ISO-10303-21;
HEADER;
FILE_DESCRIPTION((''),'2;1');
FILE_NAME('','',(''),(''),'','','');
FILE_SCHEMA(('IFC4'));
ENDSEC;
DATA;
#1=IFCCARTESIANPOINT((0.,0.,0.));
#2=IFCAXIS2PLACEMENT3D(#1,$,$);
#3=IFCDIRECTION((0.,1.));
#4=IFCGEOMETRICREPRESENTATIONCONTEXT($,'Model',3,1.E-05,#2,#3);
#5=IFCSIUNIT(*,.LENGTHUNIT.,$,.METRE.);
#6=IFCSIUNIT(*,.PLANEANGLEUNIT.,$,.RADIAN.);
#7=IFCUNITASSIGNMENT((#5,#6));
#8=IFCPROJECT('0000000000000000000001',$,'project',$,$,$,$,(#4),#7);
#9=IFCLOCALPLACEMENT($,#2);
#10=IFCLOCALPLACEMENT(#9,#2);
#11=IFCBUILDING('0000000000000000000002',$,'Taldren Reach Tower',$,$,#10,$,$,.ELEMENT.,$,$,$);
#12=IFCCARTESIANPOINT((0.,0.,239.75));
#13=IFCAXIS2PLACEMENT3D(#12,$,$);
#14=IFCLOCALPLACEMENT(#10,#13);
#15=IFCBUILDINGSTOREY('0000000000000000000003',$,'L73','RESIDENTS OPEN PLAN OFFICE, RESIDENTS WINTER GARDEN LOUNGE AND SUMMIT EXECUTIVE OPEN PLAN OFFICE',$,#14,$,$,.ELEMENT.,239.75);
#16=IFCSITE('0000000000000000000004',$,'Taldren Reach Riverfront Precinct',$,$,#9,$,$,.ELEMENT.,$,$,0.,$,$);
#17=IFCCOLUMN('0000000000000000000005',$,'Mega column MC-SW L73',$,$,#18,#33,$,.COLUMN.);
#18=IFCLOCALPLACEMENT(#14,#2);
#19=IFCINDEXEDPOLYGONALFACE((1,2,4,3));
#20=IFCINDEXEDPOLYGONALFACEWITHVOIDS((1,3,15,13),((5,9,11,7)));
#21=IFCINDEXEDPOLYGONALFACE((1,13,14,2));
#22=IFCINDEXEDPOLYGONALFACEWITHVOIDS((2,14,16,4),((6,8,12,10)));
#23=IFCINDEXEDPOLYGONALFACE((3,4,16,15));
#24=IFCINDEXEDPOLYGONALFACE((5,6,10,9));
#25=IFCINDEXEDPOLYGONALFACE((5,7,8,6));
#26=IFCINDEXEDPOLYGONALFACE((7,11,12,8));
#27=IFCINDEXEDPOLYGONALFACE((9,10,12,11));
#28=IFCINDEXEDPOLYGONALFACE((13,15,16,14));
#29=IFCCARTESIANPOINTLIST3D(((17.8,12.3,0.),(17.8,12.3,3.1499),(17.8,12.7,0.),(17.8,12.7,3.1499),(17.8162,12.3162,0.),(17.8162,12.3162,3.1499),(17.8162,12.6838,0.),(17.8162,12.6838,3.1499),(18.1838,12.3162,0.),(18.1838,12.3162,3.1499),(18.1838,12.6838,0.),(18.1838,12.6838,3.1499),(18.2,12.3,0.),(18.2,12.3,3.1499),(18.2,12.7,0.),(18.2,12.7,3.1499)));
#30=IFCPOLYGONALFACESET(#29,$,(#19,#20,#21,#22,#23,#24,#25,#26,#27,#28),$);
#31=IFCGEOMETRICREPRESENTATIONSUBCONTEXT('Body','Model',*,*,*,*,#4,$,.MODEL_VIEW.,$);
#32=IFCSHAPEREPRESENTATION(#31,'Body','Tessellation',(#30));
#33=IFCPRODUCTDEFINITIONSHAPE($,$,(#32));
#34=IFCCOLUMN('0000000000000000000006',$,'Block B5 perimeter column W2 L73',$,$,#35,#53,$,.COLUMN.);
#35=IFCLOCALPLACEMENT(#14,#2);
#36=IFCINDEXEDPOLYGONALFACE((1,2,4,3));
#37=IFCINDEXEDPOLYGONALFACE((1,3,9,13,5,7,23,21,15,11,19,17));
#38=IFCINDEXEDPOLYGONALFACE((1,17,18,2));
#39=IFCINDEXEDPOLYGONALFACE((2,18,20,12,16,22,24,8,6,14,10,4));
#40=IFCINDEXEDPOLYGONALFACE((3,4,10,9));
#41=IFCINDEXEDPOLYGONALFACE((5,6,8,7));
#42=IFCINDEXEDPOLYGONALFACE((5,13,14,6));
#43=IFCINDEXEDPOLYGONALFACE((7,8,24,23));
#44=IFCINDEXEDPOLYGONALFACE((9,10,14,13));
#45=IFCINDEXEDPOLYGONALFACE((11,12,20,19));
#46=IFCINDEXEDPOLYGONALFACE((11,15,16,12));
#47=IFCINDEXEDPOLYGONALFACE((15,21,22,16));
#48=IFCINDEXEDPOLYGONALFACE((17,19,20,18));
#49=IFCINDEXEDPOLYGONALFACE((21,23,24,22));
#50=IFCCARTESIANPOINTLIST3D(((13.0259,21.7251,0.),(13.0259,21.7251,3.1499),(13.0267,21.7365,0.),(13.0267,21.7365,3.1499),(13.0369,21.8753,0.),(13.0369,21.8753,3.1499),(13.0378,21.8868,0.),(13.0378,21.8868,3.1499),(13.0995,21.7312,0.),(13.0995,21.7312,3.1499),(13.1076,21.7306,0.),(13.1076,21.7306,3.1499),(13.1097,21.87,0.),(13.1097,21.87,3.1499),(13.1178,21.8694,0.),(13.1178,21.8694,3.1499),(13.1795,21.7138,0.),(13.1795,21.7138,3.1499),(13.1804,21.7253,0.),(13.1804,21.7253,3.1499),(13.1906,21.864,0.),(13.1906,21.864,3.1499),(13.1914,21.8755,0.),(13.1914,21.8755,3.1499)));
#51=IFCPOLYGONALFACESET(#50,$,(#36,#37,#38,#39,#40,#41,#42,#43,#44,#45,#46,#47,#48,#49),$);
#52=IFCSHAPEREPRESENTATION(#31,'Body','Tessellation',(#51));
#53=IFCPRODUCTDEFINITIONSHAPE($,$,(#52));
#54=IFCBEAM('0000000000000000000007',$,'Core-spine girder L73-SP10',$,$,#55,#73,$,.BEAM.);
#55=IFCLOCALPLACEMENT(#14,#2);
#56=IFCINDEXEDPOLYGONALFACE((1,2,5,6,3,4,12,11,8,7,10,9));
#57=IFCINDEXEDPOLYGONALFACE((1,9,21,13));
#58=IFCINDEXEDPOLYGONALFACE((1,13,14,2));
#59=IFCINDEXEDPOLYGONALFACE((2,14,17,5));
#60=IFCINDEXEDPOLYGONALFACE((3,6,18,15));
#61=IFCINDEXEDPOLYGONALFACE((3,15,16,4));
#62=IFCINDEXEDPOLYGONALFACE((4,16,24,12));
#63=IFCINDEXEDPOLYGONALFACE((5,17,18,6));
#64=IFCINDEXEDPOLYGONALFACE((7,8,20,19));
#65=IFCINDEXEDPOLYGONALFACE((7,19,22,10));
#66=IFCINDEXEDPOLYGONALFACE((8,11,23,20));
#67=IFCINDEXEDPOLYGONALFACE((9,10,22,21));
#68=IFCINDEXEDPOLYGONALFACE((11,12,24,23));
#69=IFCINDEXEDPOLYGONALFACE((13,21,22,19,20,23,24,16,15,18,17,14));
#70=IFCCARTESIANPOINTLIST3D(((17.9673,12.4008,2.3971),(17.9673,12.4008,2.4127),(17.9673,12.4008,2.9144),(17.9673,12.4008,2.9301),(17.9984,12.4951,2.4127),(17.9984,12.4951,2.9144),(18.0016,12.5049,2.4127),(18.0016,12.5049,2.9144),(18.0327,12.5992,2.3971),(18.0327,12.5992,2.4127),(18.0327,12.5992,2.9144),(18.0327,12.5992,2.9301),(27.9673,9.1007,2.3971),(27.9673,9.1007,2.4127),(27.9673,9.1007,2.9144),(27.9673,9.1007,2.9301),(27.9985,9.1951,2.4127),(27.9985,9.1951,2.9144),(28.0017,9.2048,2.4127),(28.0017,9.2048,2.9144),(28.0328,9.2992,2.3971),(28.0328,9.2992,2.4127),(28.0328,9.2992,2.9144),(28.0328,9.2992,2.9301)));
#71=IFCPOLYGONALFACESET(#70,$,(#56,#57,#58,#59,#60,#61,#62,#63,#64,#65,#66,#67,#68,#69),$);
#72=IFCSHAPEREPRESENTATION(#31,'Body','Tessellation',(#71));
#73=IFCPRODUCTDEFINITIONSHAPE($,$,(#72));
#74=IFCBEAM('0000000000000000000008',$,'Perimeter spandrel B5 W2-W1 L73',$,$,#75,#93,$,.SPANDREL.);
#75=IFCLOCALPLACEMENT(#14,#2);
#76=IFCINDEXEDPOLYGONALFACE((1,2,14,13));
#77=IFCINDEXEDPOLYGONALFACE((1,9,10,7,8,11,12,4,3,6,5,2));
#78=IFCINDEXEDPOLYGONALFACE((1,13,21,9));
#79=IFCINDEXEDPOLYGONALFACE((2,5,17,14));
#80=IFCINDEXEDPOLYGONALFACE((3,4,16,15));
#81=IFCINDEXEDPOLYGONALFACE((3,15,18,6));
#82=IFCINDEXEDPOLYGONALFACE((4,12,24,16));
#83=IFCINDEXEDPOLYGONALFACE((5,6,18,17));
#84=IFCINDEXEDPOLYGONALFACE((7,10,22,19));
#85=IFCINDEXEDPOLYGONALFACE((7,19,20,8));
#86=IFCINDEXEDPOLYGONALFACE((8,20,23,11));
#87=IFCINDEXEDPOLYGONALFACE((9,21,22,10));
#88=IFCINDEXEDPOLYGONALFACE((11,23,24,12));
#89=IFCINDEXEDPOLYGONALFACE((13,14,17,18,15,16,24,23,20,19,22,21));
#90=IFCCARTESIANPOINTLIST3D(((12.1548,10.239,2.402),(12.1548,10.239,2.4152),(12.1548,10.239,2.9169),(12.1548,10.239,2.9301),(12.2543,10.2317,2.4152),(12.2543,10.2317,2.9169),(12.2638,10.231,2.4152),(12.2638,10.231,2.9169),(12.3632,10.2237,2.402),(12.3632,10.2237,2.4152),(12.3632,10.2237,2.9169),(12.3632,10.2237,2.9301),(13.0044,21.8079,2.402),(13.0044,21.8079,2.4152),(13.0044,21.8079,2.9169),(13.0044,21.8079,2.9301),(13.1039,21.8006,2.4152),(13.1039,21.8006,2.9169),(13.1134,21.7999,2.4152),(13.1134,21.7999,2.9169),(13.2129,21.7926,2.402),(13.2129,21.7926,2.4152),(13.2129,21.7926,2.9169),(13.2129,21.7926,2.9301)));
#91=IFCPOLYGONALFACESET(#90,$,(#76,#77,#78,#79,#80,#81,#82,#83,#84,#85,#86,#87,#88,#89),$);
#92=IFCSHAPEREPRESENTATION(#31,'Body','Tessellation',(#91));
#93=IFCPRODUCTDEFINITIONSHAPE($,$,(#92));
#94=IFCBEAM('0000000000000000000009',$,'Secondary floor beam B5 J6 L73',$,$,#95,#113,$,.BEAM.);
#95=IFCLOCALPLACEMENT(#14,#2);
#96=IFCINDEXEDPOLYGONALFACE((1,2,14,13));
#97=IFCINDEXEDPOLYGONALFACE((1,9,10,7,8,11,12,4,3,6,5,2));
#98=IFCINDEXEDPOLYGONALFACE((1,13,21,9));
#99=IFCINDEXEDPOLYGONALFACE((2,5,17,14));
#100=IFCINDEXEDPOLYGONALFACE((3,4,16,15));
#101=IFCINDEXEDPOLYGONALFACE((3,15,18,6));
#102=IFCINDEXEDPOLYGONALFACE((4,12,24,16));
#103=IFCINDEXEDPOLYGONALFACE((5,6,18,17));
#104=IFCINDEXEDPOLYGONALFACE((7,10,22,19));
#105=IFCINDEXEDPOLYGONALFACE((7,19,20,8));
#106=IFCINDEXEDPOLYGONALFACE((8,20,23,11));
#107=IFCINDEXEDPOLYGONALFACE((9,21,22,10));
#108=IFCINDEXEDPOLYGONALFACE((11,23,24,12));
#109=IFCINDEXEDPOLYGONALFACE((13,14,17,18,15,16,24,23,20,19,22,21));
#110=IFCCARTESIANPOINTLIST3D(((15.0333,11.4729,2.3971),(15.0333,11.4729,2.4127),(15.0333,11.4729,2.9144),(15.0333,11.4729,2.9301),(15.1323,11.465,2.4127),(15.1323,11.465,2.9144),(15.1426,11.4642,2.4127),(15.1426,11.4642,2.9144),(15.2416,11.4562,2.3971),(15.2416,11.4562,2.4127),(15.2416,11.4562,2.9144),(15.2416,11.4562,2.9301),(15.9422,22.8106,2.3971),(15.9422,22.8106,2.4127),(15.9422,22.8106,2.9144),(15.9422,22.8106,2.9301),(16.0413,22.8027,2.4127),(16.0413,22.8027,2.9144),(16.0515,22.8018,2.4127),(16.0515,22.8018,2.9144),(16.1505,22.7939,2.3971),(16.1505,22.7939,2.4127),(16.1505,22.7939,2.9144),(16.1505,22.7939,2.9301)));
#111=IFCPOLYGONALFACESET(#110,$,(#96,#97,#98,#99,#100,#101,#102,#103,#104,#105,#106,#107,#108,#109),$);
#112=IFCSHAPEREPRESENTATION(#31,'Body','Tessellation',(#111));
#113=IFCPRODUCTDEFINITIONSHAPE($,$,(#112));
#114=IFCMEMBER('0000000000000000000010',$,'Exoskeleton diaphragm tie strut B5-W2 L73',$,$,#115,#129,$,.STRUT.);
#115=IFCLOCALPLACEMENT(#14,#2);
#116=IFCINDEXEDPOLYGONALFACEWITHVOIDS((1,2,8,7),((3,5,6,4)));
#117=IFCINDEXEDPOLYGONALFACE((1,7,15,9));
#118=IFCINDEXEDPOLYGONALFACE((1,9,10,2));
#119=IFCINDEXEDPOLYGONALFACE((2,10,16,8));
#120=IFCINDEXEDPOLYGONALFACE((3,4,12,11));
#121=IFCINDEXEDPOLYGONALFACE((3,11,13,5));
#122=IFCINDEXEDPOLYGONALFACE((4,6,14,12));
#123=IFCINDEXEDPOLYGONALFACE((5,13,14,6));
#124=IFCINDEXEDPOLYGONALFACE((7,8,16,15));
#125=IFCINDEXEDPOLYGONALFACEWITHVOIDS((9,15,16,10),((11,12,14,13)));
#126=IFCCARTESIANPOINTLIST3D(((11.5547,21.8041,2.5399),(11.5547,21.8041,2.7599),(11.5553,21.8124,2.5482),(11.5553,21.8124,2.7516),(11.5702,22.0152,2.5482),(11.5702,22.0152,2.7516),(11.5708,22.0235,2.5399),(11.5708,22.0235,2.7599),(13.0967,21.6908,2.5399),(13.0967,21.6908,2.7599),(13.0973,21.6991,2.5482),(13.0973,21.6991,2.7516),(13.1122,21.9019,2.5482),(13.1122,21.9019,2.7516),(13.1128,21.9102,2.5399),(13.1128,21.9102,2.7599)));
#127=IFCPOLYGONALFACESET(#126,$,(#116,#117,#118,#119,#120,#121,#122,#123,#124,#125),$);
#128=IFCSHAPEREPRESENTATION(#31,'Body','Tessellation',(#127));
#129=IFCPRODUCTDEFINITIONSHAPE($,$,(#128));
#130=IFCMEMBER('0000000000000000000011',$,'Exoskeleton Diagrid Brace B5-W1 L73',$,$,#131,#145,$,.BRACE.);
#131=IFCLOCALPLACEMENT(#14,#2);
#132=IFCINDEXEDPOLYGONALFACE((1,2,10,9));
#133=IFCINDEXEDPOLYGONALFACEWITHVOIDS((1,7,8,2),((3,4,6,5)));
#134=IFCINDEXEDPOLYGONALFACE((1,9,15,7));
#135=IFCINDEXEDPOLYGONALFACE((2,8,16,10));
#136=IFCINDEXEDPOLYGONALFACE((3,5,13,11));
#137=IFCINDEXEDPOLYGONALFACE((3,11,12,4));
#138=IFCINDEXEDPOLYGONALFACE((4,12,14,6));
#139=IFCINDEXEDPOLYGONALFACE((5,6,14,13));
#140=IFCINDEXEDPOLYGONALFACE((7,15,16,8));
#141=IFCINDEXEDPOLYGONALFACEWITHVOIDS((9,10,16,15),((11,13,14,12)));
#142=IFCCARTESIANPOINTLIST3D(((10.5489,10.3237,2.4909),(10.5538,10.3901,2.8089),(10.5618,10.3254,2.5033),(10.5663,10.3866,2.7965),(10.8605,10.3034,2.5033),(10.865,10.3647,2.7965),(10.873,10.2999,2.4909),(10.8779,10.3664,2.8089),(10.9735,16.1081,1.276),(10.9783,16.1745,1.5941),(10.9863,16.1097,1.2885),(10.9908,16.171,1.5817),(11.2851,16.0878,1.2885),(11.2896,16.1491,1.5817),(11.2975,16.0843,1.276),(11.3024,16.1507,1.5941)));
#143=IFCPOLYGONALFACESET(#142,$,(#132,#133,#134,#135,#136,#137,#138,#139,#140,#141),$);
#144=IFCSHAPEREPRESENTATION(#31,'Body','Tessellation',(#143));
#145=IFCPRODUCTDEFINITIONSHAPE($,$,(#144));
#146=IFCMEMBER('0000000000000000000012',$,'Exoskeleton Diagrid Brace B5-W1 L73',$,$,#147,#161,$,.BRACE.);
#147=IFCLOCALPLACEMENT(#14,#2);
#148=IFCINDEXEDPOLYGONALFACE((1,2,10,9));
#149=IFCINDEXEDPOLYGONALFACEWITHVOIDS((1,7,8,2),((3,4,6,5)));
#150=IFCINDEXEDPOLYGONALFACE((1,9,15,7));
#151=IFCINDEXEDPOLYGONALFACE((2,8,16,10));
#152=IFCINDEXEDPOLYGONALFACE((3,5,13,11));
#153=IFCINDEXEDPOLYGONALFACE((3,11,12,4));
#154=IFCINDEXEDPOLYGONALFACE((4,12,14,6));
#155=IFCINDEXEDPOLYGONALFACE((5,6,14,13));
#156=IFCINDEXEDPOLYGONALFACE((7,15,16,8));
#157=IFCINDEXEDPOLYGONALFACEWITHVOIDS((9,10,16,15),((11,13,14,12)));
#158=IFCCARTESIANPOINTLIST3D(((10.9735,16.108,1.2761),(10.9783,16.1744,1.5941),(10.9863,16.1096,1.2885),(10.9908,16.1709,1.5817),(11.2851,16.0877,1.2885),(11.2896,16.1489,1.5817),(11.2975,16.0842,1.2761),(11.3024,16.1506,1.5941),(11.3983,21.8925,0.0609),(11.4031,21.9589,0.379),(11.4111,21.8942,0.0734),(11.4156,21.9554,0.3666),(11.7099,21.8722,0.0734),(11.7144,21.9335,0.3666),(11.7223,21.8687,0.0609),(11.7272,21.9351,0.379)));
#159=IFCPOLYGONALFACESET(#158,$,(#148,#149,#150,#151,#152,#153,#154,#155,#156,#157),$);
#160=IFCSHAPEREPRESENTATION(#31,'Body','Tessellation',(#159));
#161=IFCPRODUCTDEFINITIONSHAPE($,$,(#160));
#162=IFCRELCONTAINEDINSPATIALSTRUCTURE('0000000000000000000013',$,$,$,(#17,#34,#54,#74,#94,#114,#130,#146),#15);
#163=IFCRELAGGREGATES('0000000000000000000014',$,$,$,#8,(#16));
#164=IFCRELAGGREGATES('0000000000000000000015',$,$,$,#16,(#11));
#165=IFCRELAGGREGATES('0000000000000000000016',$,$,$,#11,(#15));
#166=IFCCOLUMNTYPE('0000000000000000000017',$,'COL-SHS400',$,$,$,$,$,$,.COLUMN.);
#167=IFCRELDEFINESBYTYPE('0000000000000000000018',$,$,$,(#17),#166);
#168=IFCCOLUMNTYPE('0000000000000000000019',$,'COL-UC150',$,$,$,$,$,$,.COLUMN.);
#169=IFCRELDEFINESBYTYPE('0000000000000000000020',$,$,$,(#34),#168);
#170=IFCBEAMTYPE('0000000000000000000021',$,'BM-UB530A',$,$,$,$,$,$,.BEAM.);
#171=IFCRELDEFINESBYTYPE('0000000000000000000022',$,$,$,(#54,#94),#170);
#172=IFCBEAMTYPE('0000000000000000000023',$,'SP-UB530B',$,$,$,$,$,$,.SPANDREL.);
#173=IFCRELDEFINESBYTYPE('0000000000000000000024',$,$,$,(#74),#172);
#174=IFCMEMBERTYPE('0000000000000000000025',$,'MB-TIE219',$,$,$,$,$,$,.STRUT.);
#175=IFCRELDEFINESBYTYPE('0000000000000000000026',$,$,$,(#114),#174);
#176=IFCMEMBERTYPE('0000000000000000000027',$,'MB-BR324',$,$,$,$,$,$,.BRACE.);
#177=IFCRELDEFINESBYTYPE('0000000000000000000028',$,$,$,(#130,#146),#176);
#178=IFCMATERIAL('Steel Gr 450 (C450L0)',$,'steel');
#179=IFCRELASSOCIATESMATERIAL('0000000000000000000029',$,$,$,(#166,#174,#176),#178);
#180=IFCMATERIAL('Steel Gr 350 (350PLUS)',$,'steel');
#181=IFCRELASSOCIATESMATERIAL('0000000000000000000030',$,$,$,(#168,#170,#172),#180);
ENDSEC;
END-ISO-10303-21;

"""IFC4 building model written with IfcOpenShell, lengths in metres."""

from ifc_helpers import new_model, si_unit, direction, frame, origin, origin_2d, place, context, subcontext, project, spatial, hollow_rectangle, i_section, extrude, source, transform, mapped, material, material_profile, profile_set, type_object, element, save


model = new_model("IFC4")

# Units and contexts
model_context = context("Model", 3, precision=1e-05, world=origin(), true_north=direction((0.0, 1.0)))
body_context = subcontext(model_context, "Body", "Model", "MODEL_VIEW")
ifc_project = project(units=[si_unit("LENGTHUNIT", "METRE"), si_unit("PLANEANGLEUNIT", "RADIAN")], contexts=[model_context])

# Site, building, storey
site_placement = place(None, origin())
site = spatial("IfcSite", under=ifc_project, at=site_placement, Name="Taldren Reach Riverfront Precinct", CompositionType="ELEMENT", RefElevation=0.0)
building_placement = place(site_placement, origin())
building = spatial("IfcBuilding", under=site, at=building_placement, Name="Taldren Reach Tower", CompositionType="ELEMENT")
storey_placement = place(building_placement, frame((0.0, 0.0, 239.75)))
storey = spatial("IfcBuildingStorey", under=building, at=storey_placement, Name="L73", Description="RESIDENTS OPEN PLAN OFFICE, RESIDENTS WINTER GARDEN LOUNGE AND SUMMIT EXECUTIVE OPEN PLAN OFFICE", CompositionType="ELEMENT", Elevation=239.75)

# Columns
ifc_material_1 = material(Name="Steel Gr 450 (C450L0)", Category="steel")
ifc_material_profile_1 = material_profile(ifc_material_1, hollow_rectangle(XDim=0.3999, YDim=0.3999, WallThickness=0.0161, at=origin_2d()), Name="400x400x16.0SHS")
ifc_profile_set_1 = profile_set([ifc_material_profile_1], Name="Steel Gr 450 (C450L0)")
column_type_1 = type_object("IfcColumnType", Name="COL-SHS400", PredefinedType="COLUMN", material=ifc_profile_set_1)
shared_shape_1 = source(origin(), body_context, "Body", "SweptSolid", [
    extrude(hollow_rectangle(XDim=0.3999, YDim=0.3999, WallThickness=0.0161, at=origin_2d()), origin(), (0.0, 0.0, 1.0), 3.1499),
])
column_1_placement = place(storey_placement, frame((18.0, 12.5, 0.0), z_axis=(0.0, 0.0, 1.0), x_axis=(1.0, 0.0, 0.0)))
element("IfcColumn", 1, at=column_1_placement, inside=storey, type_object=column_type_1, Name="Mega column MC-SW L73", PredefinedType="COLUMN", context=body_context, shape_type="MappedRepresentation", body=[
    mapped(shared_shape_1, transform((0.0, 0.0, 0.0), scale=1.0)),
])
ifc_material_2 = material(Name="Steel Gr 350 (350PLUS)", Category="steel")
ifc_material_profile_2 = material_profile(ifc_material_2, i_section(OverallWidth=0.1541, OverallDepth=0.1621, WebThickness=0.0081, FlangeThickness=0.0115, at=origin_2d()), Name="150UC37.2")
ifc_profile_set_2 = profile_set([ifc_material_profile_2], Name="Steel Gr 350 (350PLUS)")
column_type_2 = type_object("IfcColumnType", Name="COL-UC150", PredefinedType="COLUMN", material=ifc_profile_set_2)
shared_shape_2 = source(origin(), body_context, "Body", "SweptSolid", [
    extrude(i_section(OverallWidth=0.1541, OverallDepth=0.1621, WebThickness=0.0081, FlangeThickness=0.0115, at=origin_2d()), origin(), (0.0, 0.0, 1.0), 3.1499),
])
column_2_placement = place(storey_placement, frame((13.1086, 21.8003, 0.0), z_axis=(0.0, 0.0, 1.0), x_axis=(0.997314, -0.073238, 0.0)))
element("IfcColumn", 2, at=column_2_placement, inside=storey, type_object=column_type_2, Name="Block B5 perimeter column W2 L73", PredefinedType="COLUMN", context=body_context, shape_type="MappedRepresentation", body=[
    mapped(shared_shape_2, transform((0.0, 0.0, 0.0), scale=1.0)),
])

# Beams
ifc_material_profile_3 = material_profile(ifc_material_2, i_section(OverallWidth=0.209, OverallDepth=0.533, WebThickness=0.0103, FlangeThickness=0.0156, at=origin_2d()), Name="530UB92.4")
ifc_profile_set_3 = profile_set([ifc_material_profile_3], Name="Steel Gr 350 (350PLUS)")
beam_type_1 = type_object("IfcBeamType", Name="BM-UB530A", PredefinedType="BEAM", material=ifc_profile_set_3)
shared_shape_3 = source(origin(), body_context, "Body", "SweptSolid", [
    extrude(i_section(OverallWidth=0.209, OverallDepth=0.533, WebThickness=0.0103, FlangeThickness=0.0156, at=origin_2d()), origin(), (0.0, 0.0, 1.0), 10.5305),
])
beam_1_placement = place(storey_placement, frame((18.0, 12.5, 2.6636), z_axis=(0.949627, -0.313382, 0.0), x_axis=(0.313382, 0.949627, 0.0)))
element("IfcBeam", 3, at=beam_1_placement, inside=storey, type_object=beam_type_1, Name="Core-spine girder L73-SP10", PredefinedType="BEAM", context=body_context, shape_type="MappedRepresentation", body=[
    mapped(shared_shape_3, transform((0.0, 0.0, 0.0), scale=1.0)),
])
ifc_material_profile_4 = material_profile(ifc_material_2, i_section(OverallWidth=0.209, OverallDepth=0.5281, WebThickness=0.0095, FlangeThickness=0.0132, at=origin_2d()), Name="530UB82.0")
ifc_profile_set_4 = profile_set([ifc_material_profile_4], Name="Steel Gr 350 (350PLUS)")
beam_type_2 = type_object("IfcBeamType", Name="SP-UB530B", PredefinedType="SPANDREL", material=ifc_profile_set_4)
shared_shape_4 = source(origin(), body_context, "Body", "SweptSolid", [
    extrude(i_section(OverallWidth=0.209, OverallDepth=0.5281, WebThickness=0.0095, FlangeThickness=0.0132, at=origin_2d()), origin(), (0.0, 0.0, 1.0), 11.6001),
])
beam_2_placement = place(storey_placement, frame((13.1086, 21.8003, 2.666), z_axis=(-0.073242, -0.997314, 0.0), x_axis=(0.997314, -0.073242, 0.0)))
element("IfcBeam", 4, at=beam_2_placement, inside=storey, type_object=beam_type_2, Name="Perimeter spandrel B5 W2-W1 L73", PredefinedType="SPANDREL", context=body_context, shape_type="MappedRepresentation", body=[
    mapped(shared_shape_4, transform((0.0, 0.0, 0.0), scale=1.0)),
])
shared_shape_5 = source(origin(), body_context, "Body", "SweptSolid", [
    extrude(i_section(OverallWidth=0.209, OverallDepth=0.533, WebThickness=0.0103, FlangeThickness=0.0156, at=origin_2d()), origin(), (0.0, 0.0, 1.0), 11.374),
])
beam_3_placement = place(storey_placement, frame((15.1375, 11.4646, 2.6636), z_axis=(0.079913, 0.996802, 0.0), x_axis=(-0.996802, 0.079913, 0.0)))
element("IfcBeam", 5, at=beam_3_placement, inside=storey, type_object=beam_type_1, Name="Secondary floor beam B5 J6 L73", PredefinedType="BEAM", context=body_context, shape_type="MappedRepresentation", body=[
    mapped(shared_shape_5, transform((0.0, 0.0, 0.0), scale=1.0)),
])

# Members
ifc_material_profile_5 = material_profile(ifc_material_1, hollow_rectangle(XDim=0.22, YDim=0.22, WallThickness=0.0083, at=origin_2d()), Name="220x220x8.2SHS")
ifc_profile_set_5 = profile_set([ifc_material_profile_5], Name="Steel Gr 450 (C450L0)")
member_type_1 = type_object("IfcMemberType", Name="MB-TIE219", PredefinedType="STRUT", material=ifc_profile_set_5)
shared_shape_6 = source(origin(), body_context, "Body", "SweptSolid", [
    extrude(hollow_rectangle(XDim=0.22, YDim=0.22, WallThickness=0.0083, at=origin_2d()), origin(), (0.0, 0.0, 1.0), 1.5461),
])
member_1_placement = place(storey_placement, frame((13.1047, 21.8005, 2.6499), z_axis=(-0.997312, 0.073267, 0.0), x_axis=(-0.073267, -0.997312, 0.0)))
element("IfcMember", 6, at=member_1_placement, inside=storey, type_object=member_type_1, Name="Exoskeleton diaphragm tie strut B5-W2 L73", PredefinedType="STRUT", context=body_context, shape_type="MappedRepresentation", body=[
    mapped(shared_shape_6, transform((0.0, 0.0, 0.0), scale=1.0)),
])
ifc_material_profile_6 = material_profile(ifc_material_1, hollow_rectangle(XDim=0.325, YDim=0.325, WallThickness=0.0127, at=origin_2d()), Name="325x325x12.7SHS")
ifc_profile_set_6 = profile_set([ifc_material_profile_6], Name="Steel Gr 450 (C450L0)")
member_type_2 = type_object("IfcMemberType", Name="MB-BR324", PredefinedType="BRACE", material=ifc_profile_set_6)
shared_shape_7 = source(origin(), body_context, "Body", "SweptSolid", [
    extrude(hollow_rectangle(XDim=0.325, YDim=0.325, WallThickness=0.0127, at=origin_2d()), origin(), (0.0, 0.0, 1.0), 5.9258),
])
member_2_placement = place(storey_placement, frame((11.1379, 16.1294, 1.4351), z_axis=(-0.071646, -0.976135, 0.205008), x_axis=(0.997317, -0.0732, 0.0)))
element("IfcMember", 7, at=member_2_placement, inside=storey, type_object=member_type_2, Name="Exoskeleton Diagrid Brace B5-W1 L73", PredefinedType="BRACE", context=body_context, shape_type="MappedRepresentation", body=[
    mapped(shared_shape_7, transform((0.0, 0.0, 0.0), scale=1.0)),
])
shared_shape_8 = source(origin(), body_context, "Body", "SweptSolid", [
    extrude(hollow_rectangle(XDim=0.325, YDim=0.325, WallThickness=0.0127, at=origin_2d()), origin(), (0.0, 0.0, 1.0), 5.926),
])
for number, where, z_axis, x_axis, name in (
    (8, (11.5627, 21.9138, 0.22), (-0.071686, -0.976123, 0.205046), (0.997314, -0.073242, 0.0), "Exoskeleton Diagrid Brace B5-W1 L73"),
):
    element("IfcMember", number, at=place(storey_placement, frame(where, z_axis=z_axis, x_axis=x_axis)), inside=storey, type_object=member_type_2, Name=name, PredefinedType="BRACE", context=body_context, shape_type="MappedRepresentation", body=[
        mapped(shared_shape_8, transform((0.0, 0.0, 0.0), scale=1.0)),
    ])

save(model, "model.ifc")
